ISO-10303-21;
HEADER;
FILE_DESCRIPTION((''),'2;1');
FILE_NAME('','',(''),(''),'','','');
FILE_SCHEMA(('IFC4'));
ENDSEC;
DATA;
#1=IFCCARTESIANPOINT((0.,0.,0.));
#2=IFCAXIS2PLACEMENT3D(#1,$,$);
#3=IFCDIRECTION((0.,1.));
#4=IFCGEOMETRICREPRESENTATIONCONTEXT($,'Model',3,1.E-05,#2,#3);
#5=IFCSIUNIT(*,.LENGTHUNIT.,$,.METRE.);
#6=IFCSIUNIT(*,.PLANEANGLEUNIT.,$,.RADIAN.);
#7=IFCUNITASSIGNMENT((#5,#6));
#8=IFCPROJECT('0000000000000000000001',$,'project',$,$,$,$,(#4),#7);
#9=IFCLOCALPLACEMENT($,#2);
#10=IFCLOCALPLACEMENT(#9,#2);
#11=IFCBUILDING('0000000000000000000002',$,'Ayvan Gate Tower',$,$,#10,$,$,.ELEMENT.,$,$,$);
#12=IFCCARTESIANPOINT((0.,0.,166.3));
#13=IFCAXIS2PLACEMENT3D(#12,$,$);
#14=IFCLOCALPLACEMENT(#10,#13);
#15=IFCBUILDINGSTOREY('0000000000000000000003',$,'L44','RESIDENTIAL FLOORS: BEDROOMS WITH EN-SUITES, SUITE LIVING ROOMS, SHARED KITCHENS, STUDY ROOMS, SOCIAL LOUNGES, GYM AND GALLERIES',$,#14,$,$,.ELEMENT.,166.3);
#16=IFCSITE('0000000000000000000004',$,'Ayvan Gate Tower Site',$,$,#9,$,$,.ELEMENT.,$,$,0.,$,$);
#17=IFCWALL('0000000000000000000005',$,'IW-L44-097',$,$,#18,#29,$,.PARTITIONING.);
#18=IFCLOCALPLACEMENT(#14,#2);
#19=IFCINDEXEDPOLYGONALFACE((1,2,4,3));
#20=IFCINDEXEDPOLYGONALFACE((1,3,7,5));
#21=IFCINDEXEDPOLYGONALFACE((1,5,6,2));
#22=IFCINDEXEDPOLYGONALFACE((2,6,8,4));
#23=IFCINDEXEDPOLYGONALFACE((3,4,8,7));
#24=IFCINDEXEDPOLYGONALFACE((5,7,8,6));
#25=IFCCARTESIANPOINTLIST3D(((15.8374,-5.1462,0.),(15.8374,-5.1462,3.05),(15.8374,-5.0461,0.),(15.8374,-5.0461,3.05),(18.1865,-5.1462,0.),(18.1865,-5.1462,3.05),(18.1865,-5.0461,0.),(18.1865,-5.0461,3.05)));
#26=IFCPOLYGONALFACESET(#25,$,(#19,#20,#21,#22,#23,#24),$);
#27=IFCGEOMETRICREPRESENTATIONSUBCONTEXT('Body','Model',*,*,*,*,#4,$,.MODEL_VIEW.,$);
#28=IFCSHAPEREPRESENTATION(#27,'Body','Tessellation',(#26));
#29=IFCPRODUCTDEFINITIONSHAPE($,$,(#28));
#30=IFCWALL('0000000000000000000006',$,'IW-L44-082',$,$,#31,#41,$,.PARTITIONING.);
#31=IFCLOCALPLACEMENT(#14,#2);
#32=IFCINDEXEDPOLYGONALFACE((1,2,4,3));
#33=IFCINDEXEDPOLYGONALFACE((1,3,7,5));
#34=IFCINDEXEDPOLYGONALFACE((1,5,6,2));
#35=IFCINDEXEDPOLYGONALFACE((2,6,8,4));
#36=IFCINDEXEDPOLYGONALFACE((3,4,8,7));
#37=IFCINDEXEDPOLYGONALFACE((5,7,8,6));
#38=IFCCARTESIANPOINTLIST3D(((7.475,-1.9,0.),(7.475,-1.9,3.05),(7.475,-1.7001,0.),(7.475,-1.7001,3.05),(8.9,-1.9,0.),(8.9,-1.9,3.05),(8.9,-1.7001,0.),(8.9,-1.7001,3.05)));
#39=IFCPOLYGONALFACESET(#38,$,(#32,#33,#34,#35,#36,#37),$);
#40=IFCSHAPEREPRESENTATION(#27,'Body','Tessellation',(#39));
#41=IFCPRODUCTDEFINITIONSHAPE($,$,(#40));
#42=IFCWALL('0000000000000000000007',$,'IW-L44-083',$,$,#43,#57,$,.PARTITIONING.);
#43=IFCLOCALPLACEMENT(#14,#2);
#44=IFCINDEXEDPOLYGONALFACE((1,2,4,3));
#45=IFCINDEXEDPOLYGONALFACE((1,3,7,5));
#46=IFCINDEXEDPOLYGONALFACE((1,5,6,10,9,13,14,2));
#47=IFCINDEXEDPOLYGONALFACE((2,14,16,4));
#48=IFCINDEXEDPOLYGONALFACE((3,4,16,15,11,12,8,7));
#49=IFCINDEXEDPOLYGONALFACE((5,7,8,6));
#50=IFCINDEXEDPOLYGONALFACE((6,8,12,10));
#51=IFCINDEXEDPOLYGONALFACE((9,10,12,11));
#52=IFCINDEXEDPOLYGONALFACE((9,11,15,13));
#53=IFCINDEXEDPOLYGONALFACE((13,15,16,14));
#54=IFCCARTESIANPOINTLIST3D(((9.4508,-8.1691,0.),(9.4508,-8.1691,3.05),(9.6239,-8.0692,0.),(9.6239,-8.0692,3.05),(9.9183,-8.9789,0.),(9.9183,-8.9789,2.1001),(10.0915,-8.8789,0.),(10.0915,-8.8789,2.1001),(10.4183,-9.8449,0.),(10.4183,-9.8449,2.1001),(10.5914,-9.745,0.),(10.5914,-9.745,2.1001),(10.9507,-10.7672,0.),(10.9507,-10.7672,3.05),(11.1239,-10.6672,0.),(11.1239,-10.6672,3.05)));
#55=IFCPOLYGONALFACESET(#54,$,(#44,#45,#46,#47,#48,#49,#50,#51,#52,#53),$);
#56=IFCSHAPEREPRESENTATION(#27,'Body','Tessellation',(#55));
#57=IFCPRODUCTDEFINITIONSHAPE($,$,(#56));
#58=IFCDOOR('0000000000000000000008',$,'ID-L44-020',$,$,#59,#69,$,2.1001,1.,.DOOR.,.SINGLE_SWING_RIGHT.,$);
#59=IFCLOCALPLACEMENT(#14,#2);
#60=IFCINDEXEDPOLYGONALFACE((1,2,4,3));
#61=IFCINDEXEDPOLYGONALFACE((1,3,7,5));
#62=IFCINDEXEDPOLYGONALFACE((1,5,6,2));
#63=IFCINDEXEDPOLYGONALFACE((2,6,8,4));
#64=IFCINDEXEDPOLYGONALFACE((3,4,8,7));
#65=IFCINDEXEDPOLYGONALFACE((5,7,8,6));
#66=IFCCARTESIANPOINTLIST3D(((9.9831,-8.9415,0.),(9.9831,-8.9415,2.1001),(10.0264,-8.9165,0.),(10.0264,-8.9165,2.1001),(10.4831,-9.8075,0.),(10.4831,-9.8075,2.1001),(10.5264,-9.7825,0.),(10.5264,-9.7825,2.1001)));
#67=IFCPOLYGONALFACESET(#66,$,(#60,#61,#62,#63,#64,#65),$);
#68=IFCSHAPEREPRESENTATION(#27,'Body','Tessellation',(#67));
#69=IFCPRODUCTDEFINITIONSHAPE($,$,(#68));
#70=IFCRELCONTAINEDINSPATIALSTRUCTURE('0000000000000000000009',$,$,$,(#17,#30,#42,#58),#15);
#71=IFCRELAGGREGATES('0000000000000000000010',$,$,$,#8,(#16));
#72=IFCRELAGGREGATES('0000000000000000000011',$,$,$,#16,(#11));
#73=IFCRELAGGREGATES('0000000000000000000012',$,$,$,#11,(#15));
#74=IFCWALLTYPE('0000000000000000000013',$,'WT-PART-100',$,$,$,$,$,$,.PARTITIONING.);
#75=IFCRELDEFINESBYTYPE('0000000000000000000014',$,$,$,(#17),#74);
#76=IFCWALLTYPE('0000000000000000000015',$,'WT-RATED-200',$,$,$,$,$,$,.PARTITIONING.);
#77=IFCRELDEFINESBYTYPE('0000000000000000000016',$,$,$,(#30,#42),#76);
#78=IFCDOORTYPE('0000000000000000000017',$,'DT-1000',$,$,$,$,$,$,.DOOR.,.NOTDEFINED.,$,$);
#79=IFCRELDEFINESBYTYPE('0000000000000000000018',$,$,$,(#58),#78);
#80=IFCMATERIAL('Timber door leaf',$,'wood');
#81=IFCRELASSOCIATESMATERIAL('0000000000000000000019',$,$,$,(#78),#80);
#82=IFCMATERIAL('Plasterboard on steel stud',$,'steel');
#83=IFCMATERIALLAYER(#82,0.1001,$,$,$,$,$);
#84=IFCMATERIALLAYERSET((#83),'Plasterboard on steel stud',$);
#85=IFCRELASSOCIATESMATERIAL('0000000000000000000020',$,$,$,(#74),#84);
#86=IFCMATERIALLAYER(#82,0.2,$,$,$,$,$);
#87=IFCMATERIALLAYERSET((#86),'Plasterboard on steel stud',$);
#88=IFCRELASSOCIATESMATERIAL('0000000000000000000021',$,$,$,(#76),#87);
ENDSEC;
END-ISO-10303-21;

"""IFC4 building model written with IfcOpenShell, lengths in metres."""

from ifc_helpers import new_model, si_unit, direction, frame, frame_2d, origin, place, context, subcontext, project, spatial, rectangle, extrude, material, layer, layer_set, type_object, element, fill, save


model = new_model("IFC4")

# Units and contexts
model_context = context("Model", 3, precision=1e-05, world=origin(), true_north=direction((0.0, 1.0)))
body_context = subcontext(model_context, "Body", "Model", "MODEL_VIEW")
ifc_project = project(units=[si_unit("LENGTHUNIT", "METRE"), si_unit("PLANEANGLEUNIT", "RADIAN")], contexts=[model_context])

# Site, building, storey
site_placement = place(None, origin())
site = spatial("IfcSite", under=ifc_project, at=site_placement, Name="Ayvan Gate Tower Site", CompositionType="ELEMENT", RefElevation=0.0)
building_placement = place(site_placement, origin())
building = spatial("IfcBuilding", under=site, at=building_placement, Name="Ayvan Gate Tower", CompositionType="ELEMENT")
storey_placement = place(building_placement, frame((0.0, 0.0, 166.3)))
storey = spatial("IfcBuildingStorey", under=building, at=storey_placement, Name="L44", Description="RESIDENTIAL FLOORS: BEDROOMS WITH EN-SUITES, SUITE LIVING ROOMS, SHARED KITCHENS, STUDY ROOMS, SOCIAL LOUNGES, GYM AND GALLERIES", CompositionType="ELEMENT", Elevation=166.3)

# Shared definitions
ifc_material_1 = material(Name="Timber door leaf", Category="wood")

# Shared definitions
ifc_material_2 = material(Name="Plasterboard on steel stud", Category="steel")

# Shared definitions
door_type_1 = type_object("IfcDoorType", Name="DT-1000", OperationType="NOTDEFINED", PredefinedType="DOOR", material=ifc_material_1)

# Shared definitions
ifc_layer_1 = layer(ifc_material_2, 0.1001)
ifc_layer_set_1 = layer_set([ifc_layer_1], Name="Plasterboard on steel stud")
wall_type_1 = type_object("IfcWallType", Name="WT-PART-100", PredefinedType="PARTITIONING", material=ifc_layer_set_1)

# Walls
wall_1_placement = place(storey_placement, frame((18.1865, -5.0962, 0.0), z_axis=(0.0, 0.0, 1.0), x_axis=(-1.0, 0.0, 0.0)))
element("IfcWall", 1, at=wall_1_placement, inside=storey, type_object=wall_type_1, Name="IW-L44-097", PredefinedType="PARTITIONING", context=body_context, shape_type="SweptSolid", body=[
    extrude(rectangle(XDim=2.3491, YDim=0.1001, at=frame_2d((1.1746, 0.0))), origin(), (0.0, 0.0, 1.0), 3.05),
])
ifc_layer_2 = layer(ifc_material_2, 0.2)
ifc_layer_set_2 = layer_set([ifc_layer_2], Name="Plasterboard on steel stud")
wall_type_2 = type_object("IfcWallType", Name="WT-RATED-200", PredefinedType="PARTITIONING", material=ifc_layer_set_2)
wall_2_placement = place(storey_placement, frame((8.8999, -1.8, 0.0), z_axis=(0.0, 0.0, 1.0), x_axis=(-1.0, 0.0, 0.0)))
element("IfcWall", 2, at=wall_2_placement, inside=storey, type_object=wall_type_2, Name="IW-L44-082", PredefinedType="PARTITIONING", context=body_context, shape_type="SweptSolid", body=[
    extrude(rectangle(XDim=1.425, YDim=0.2, at=frame_2d((0.7124, 0.0))), origin(), (0.0, 0.0, 1.0), 3.05),
])

# Wall, opening, door
wall_3_placement = place(storey_placement, frame((9.5374, -8.1191, 0.0), z_axis=(0.0, 0.0, 1.0), x_axis=(0.49999, -0.866031, 0.0)))
wall_3 = element("IfcWall", 3, at=wall_3_placement, inside=storey, type_object=wall_type_2, Name="IW-L44-083", PredefinedType="PARTITIONING", context=body_context, shape_type="SweptSolid", body=[
    extrude(rectangle(XDim=3.0, YDim=0.2, at=frame_2d((1.5, 0.0))), origin(), (0.0, 0.0, 1.0), 3.05),
])
opening_1_placement = place(wall_3_placement, frame((0.9351, 0.0, 0.0)))
opening_1 = element("IfcOpeningElement", 4, at=opening_1_placement, cuts=wall_3, PredefinedType="OPENING", context=body_context, shape_type="SweptSolid", body=[
    extrude(rectangle(XDim=1.0, YDim=2.1001, at=frame_2d((0.5, 1.05))), frame((0.0, 0.1099, 0.0), z_axis=(0.0, -1.0, 0.0), x_axis=(1.0, 0.0, 0.0)), (0.0, 0.0, 1.0), 0.22),
])
door_1_placement = place(opening_1_placement, origin())
door_1 = element("IfcDoor", 5, at=door_1_placement, inside=storey, type_object=door_type_1, Name="ID-L44-020", OperationType="SINGLE_SWING_RIGHT", OverallHeight=2.1001, OverallWidth=1.0, PredefinedType="DOOR", context=body_context, shape_type="SweptSolid", body=[
    extrude(rectangle(XDim=1.0, YDim=2.1001, at=frame_2d((0.5, 1.05))), frame((0.0, 0.0249, 0.0), z_axis=(0.0, -1.0, 0.0), x_axis=(1.0, 0.0, 0.0)), (0.0, 0.0, 1.0), 0.05),
])
fill(opening_1, door_1)

save(model, "model.ifc")
